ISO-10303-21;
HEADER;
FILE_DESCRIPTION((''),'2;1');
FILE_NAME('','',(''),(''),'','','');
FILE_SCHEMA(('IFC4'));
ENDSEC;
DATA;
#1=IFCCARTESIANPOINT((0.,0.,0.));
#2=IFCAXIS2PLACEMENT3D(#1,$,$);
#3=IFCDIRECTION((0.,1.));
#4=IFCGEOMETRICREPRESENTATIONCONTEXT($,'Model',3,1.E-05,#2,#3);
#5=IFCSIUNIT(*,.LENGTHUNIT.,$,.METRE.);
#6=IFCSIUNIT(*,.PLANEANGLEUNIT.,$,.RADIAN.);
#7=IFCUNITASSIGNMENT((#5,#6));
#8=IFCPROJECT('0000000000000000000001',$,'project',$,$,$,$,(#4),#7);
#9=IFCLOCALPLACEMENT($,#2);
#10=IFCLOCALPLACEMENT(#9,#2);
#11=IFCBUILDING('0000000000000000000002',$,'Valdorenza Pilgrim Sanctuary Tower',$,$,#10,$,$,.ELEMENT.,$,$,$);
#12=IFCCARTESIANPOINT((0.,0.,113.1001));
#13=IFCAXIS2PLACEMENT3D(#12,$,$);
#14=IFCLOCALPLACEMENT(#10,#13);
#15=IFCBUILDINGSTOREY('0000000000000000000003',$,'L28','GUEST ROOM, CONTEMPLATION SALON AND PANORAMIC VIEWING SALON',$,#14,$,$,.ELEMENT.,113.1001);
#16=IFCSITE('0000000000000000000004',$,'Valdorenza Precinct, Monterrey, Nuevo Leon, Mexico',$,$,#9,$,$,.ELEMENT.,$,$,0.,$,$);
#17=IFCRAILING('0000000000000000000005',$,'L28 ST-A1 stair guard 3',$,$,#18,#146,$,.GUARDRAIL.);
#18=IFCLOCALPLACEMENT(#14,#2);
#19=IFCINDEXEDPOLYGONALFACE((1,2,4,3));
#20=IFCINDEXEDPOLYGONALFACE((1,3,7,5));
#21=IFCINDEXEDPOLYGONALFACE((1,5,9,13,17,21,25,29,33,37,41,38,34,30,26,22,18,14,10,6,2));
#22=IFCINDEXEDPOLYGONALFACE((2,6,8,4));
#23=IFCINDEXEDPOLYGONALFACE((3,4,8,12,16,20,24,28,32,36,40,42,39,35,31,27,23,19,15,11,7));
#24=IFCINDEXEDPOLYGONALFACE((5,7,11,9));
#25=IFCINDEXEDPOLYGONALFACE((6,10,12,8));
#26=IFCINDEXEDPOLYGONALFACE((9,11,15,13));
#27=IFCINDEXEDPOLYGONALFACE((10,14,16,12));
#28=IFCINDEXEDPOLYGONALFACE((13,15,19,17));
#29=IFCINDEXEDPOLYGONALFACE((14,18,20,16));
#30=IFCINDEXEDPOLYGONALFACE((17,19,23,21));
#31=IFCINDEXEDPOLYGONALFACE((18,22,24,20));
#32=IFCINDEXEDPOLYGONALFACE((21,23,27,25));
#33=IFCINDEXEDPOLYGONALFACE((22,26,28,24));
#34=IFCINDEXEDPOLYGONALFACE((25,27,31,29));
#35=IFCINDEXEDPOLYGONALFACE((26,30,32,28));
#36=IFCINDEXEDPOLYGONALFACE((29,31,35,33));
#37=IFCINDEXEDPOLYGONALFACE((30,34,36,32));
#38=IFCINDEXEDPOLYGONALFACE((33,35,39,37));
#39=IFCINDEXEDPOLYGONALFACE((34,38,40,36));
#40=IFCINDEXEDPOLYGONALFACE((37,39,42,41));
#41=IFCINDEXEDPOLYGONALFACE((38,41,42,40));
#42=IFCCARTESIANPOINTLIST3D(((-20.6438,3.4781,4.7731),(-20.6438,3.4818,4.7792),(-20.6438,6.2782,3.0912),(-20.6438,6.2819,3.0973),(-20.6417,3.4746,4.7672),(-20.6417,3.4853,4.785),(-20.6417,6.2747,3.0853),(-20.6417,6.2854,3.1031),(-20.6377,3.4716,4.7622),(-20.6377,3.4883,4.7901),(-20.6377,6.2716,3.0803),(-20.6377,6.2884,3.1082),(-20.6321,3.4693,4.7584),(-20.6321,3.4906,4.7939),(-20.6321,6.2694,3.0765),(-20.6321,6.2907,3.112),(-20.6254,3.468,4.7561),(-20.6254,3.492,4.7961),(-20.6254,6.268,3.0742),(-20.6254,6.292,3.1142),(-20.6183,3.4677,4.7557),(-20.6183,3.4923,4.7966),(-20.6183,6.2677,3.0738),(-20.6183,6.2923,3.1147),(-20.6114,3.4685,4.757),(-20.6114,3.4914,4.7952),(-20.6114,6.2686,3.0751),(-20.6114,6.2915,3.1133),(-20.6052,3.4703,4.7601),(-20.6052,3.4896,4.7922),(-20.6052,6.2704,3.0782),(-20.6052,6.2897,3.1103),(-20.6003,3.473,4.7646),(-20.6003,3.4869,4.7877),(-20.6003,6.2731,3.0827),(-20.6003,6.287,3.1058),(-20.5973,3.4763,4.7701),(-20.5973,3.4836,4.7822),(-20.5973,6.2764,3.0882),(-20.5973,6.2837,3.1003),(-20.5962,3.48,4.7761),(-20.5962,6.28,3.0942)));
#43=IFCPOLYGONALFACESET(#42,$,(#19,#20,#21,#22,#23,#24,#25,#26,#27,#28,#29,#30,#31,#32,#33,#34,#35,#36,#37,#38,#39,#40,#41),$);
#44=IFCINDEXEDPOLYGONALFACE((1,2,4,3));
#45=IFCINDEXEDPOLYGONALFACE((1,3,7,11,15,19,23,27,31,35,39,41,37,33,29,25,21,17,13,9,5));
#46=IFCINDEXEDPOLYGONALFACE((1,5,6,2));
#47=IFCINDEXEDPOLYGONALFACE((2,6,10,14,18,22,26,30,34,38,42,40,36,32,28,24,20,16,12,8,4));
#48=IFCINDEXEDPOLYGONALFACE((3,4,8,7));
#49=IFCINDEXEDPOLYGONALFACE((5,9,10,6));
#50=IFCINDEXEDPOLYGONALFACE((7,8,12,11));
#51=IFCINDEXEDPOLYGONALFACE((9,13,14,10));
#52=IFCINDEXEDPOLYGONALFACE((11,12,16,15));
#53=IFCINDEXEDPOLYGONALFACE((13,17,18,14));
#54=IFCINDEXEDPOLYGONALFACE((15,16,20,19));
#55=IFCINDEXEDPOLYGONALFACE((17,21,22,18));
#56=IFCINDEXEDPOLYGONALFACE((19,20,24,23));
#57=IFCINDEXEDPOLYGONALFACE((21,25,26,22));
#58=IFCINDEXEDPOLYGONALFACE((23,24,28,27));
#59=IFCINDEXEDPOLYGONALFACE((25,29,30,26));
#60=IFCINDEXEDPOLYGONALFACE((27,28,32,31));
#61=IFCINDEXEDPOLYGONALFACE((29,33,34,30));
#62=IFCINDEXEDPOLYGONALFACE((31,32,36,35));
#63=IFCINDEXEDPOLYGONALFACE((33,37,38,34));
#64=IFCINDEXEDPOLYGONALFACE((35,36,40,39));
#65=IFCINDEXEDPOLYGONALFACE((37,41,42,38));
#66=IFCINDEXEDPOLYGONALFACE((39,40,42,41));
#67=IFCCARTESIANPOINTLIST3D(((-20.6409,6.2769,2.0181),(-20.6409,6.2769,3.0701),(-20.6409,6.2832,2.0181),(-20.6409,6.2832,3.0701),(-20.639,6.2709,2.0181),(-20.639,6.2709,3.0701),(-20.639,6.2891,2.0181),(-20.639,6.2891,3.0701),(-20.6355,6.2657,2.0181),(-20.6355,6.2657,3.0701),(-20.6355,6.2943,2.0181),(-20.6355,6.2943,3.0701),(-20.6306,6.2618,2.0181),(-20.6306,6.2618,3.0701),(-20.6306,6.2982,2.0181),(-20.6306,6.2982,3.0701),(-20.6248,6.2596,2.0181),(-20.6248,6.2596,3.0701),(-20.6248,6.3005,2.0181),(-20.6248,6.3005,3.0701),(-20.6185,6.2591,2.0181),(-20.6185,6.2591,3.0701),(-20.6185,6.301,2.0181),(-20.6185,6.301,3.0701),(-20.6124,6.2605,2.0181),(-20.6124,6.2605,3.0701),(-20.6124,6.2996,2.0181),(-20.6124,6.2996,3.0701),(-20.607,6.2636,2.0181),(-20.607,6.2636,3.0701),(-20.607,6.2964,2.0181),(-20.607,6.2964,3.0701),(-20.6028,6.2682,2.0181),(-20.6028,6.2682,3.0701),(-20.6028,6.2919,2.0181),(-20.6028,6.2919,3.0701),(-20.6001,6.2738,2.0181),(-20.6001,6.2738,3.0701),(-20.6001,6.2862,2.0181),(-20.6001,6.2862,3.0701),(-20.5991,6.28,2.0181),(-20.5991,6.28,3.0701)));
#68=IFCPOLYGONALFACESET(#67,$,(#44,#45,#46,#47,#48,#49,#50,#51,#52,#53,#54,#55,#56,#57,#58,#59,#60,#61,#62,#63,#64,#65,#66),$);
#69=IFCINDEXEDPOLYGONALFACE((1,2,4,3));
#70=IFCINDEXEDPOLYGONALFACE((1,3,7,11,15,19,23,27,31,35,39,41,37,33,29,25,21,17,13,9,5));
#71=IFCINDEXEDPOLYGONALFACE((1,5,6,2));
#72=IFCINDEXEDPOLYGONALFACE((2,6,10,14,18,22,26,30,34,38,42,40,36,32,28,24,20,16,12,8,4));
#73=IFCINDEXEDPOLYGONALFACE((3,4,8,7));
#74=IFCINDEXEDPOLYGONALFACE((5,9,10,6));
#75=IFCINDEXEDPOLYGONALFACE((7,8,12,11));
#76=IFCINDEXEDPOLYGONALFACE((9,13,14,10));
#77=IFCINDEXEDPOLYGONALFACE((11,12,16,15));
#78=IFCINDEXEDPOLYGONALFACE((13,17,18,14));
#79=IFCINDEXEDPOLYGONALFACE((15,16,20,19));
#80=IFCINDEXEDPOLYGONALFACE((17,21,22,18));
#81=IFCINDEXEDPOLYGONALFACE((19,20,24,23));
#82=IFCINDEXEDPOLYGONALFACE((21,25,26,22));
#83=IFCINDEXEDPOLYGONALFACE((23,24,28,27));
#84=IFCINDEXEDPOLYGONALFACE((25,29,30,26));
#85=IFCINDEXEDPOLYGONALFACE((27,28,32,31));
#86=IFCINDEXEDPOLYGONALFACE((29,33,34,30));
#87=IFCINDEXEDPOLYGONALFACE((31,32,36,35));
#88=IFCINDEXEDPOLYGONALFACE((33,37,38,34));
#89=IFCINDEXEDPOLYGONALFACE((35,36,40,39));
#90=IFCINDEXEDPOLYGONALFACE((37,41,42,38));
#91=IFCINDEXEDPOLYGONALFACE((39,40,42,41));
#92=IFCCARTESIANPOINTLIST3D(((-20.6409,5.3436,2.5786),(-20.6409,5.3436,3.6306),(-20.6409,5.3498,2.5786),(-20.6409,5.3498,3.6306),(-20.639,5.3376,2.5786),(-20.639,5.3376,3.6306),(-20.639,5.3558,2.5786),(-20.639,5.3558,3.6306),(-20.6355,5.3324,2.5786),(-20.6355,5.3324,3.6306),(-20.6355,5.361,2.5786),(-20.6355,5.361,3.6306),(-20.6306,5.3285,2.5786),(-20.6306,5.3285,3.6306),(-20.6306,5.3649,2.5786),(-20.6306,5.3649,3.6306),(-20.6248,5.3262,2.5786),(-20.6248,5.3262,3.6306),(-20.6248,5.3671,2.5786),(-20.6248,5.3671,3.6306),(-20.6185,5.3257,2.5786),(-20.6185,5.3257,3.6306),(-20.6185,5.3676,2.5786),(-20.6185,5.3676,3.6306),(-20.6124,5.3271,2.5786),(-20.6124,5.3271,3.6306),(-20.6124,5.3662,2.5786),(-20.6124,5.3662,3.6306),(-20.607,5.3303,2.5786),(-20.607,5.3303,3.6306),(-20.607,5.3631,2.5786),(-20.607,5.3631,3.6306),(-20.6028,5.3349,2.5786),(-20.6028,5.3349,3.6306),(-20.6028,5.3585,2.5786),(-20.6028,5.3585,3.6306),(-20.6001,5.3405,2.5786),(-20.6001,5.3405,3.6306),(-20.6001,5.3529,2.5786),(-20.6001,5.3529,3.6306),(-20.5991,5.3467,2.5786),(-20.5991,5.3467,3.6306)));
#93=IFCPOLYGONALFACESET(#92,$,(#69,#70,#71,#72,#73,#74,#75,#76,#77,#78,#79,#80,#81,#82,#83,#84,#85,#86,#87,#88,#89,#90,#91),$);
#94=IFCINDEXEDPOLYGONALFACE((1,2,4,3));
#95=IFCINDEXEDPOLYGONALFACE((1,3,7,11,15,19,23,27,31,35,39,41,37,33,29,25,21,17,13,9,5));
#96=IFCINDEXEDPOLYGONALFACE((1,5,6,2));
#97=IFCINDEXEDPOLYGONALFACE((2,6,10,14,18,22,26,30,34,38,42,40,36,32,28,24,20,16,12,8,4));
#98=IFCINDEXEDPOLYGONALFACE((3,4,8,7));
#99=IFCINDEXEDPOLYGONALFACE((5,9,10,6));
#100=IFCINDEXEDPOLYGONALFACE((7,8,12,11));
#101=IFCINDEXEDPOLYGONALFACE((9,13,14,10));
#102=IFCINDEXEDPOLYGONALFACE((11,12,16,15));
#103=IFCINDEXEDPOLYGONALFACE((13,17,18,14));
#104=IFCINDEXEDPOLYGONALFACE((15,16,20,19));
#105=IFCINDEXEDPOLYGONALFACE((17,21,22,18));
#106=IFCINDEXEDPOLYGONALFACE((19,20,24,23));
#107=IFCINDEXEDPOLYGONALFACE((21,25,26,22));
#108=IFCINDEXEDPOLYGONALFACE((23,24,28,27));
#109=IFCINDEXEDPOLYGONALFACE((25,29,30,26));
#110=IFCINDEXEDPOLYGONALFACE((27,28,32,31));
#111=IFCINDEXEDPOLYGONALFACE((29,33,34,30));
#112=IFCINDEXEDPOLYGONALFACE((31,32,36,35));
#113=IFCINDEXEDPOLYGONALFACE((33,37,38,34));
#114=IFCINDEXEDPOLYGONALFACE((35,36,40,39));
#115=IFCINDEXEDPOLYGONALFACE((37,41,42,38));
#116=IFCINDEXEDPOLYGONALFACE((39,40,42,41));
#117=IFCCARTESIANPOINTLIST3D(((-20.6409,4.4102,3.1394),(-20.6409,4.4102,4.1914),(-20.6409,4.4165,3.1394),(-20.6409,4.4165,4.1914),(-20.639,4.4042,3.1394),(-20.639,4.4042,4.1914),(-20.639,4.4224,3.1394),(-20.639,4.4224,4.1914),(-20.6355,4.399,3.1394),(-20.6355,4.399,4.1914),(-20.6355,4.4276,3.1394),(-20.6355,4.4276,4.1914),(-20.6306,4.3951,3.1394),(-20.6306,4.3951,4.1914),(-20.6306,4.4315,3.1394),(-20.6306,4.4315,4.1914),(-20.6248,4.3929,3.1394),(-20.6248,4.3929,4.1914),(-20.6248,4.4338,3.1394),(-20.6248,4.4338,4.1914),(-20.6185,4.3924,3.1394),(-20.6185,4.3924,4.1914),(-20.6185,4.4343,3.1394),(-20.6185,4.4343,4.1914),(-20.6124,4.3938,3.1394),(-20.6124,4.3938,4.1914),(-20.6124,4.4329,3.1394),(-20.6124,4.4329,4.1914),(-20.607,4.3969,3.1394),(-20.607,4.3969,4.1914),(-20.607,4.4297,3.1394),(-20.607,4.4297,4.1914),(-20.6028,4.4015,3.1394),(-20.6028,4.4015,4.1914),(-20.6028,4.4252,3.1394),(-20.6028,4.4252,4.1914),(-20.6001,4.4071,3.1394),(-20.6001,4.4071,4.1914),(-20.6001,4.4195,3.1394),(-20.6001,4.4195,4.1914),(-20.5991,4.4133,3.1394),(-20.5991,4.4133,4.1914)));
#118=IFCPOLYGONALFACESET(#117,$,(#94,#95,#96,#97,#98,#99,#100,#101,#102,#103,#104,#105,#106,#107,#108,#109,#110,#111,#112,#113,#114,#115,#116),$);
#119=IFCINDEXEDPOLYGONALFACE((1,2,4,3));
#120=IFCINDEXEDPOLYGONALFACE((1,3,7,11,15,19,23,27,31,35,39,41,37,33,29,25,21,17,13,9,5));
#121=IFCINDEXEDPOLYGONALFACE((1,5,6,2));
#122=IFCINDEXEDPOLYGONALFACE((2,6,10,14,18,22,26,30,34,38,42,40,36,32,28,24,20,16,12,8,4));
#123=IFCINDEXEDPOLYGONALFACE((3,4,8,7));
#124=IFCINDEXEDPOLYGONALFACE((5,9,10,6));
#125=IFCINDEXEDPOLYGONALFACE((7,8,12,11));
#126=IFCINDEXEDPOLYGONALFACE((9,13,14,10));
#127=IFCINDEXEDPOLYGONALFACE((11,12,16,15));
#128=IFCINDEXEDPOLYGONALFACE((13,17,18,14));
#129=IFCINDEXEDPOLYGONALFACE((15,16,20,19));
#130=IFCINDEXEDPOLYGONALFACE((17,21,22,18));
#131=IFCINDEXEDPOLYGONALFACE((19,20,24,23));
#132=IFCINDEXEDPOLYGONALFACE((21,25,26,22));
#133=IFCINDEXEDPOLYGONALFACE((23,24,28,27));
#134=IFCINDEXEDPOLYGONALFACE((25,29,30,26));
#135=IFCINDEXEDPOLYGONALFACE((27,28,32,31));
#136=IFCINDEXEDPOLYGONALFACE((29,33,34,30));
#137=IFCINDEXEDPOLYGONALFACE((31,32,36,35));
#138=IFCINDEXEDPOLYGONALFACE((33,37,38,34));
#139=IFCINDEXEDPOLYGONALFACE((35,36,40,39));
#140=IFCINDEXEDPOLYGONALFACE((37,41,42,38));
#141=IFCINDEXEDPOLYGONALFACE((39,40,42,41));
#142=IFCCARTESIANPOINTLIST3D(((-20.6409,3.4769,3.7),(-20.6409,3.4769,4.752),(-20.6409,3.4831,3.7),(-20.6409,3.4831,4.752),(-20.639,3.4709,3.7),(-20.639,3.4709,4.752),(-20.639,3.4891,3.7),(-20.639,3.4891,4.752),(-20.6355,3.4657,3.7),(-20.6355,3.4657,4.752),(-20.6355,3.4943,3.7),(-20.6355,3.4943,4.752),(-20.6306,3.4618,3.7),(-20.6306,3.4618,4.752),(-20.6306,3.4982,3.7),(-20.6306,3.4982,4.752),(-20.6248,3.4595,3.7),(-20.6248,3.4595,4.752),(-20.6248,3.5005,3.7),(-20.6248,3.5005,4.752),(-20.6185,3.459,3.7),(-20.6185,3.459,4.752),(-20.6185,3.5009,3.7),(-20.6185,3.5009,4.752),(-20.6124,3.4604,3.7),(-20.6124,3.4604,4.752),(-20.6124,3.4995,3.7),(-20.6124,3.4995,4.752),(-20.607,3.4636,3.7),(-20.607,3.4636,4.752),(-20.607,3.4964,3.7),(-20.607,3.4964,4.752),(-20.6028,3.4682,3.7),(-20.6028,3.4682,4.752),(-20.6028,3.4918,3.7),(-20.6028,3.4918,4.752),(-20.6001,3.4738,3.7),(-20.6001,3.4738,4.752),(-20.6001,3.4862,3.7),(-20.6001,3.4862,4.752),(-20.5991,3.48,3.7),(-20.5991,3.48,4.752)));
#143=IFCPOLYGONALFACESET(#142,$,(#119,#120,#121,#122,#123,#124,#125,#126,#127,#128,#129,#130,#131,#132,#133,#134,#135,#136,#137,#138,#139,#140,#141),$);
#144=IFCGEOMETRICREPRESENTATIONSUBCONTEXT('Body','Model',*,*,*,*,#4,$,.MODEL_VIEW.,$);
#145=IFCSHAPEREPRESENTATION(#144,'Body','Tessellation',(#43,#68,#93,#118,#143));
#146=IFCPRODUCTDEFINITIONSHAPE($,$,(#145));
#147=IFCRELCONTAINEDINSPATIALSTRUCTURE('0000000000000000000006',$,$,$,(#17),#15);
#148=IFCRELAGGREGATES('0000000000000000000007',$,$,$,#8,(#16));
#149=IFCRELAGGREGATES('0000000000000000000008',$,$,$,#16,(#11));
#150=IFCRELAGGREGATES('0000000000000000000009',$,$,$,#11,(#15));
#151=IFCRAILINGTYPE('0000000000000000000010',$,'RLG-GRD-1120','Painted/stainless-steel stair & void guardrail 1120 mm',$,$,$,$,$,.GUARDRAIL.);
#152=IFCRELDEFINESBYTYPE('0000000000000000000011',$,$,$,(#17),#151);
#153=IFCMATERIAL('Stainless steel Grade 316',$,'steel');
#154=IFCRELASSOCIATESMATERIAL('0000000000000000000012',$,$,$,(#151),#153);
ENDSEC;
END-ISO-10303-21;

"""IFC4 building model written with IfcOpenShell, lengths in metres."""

from ifc_helpers import new_model, si_unit, direction, frame, origin, origin_2d, place, context, subcontext, project, spatial, circle, extrude, material, type_object, element, save


model = new_model("IFC4")

# Units and contexts
model_context = context("Model", 3, precision=1e-05, world=origin(), true_north=direction((0.0, 1.0)))
body_context = subcontext(model_context, "Body", "Model", "MODEL_VIEW")
ifc_project = project(units=[si_unit("LENGTHUNIT", "METRE"), si_unit("PLANEANGLEUNIT", "RADIAN")], contexts=[model_context])

# Site, building, storey
site_placement = place(None, origin())
site = spatial("IfcSite", under=ifc_project, at=site_placement, Name="Valdorenza Precinct, Monterrey, Nuevo Leon, Mexico", CompositionType="ELEMENT", RefElevation=0.0)
building_placement = place(site_placement, origin())
building = spatial("IfcBuilding", under=site, at=building_placement, Name="Valdorenza Pilgrim Sanctuary Tower", CompositionType="ELEMENT")
storey_placement = place(building_placement, frame((0.0, 0.0, 113.1001)))
storey = spatial("IfcBuildingStorey", under=building, at=storey_placement, Name="L28", Description="GUEST ROOM, CONTEMPLATION SALON AND PANORAMIC VIEWING SALON", CompositionType="ELEMENT", Elevation=113.1001)

# Railing
ifc_material_1 = material(Name="Stainless steel Grade 316", Category="steel")
railing_type_1 = type_object("IfcRailingType", Name="RLG-GRD-1120", Description="Painted/stainless-steel stair & void guardrail 1120 mm", PredefinedType="GUARDRAIL", material=ifc_material_1)
railing_1_placement = place(storey_placement, frame((-20.6201, 6.28, 2.0181)))
element("IfcRailing", 1, at=railing_1_placement, inside=storey, type_object=railing_type_1, Name="L28 ST-A1 stair guard 3", PredefinedType="GUARDRAIL", context=body_context, shape_type="SweptSolid", body=[
    extrude(circle(Radius=0.0239, at=origin_2d()), frame((0.0, 0.0, 1.0762), z_axis=(0.0, -0.857242, 0.514913), x_axis=(1.0, 0.0, 0.0)), (0.0, 0.0, 1.0), 3.2664),
    extrude(circle(Radius=0.021, at=origin_2d()), origin(), (0.0, 0.0, 1.0), 1.052),
    extrude(circle(Radius=0.021, at=origin_2d()), frame((0.0, -0.9333, 0.5605)), (0.0, 0.0, 1.0), 1.052),
    extrude(circle(Radius=0.021, at=origin_2d()), frame((0.0, -1.8667, 1.1213)), (0.0, 0.0, 1.0), 1.052),
    extrude(circle(Radius=0.021, at=origin_2d()), frame((0.0, -2.8, 1.6819)), (0.0, 0.0, 1.0), 1.052),
])

save(model, "model.ifc")
